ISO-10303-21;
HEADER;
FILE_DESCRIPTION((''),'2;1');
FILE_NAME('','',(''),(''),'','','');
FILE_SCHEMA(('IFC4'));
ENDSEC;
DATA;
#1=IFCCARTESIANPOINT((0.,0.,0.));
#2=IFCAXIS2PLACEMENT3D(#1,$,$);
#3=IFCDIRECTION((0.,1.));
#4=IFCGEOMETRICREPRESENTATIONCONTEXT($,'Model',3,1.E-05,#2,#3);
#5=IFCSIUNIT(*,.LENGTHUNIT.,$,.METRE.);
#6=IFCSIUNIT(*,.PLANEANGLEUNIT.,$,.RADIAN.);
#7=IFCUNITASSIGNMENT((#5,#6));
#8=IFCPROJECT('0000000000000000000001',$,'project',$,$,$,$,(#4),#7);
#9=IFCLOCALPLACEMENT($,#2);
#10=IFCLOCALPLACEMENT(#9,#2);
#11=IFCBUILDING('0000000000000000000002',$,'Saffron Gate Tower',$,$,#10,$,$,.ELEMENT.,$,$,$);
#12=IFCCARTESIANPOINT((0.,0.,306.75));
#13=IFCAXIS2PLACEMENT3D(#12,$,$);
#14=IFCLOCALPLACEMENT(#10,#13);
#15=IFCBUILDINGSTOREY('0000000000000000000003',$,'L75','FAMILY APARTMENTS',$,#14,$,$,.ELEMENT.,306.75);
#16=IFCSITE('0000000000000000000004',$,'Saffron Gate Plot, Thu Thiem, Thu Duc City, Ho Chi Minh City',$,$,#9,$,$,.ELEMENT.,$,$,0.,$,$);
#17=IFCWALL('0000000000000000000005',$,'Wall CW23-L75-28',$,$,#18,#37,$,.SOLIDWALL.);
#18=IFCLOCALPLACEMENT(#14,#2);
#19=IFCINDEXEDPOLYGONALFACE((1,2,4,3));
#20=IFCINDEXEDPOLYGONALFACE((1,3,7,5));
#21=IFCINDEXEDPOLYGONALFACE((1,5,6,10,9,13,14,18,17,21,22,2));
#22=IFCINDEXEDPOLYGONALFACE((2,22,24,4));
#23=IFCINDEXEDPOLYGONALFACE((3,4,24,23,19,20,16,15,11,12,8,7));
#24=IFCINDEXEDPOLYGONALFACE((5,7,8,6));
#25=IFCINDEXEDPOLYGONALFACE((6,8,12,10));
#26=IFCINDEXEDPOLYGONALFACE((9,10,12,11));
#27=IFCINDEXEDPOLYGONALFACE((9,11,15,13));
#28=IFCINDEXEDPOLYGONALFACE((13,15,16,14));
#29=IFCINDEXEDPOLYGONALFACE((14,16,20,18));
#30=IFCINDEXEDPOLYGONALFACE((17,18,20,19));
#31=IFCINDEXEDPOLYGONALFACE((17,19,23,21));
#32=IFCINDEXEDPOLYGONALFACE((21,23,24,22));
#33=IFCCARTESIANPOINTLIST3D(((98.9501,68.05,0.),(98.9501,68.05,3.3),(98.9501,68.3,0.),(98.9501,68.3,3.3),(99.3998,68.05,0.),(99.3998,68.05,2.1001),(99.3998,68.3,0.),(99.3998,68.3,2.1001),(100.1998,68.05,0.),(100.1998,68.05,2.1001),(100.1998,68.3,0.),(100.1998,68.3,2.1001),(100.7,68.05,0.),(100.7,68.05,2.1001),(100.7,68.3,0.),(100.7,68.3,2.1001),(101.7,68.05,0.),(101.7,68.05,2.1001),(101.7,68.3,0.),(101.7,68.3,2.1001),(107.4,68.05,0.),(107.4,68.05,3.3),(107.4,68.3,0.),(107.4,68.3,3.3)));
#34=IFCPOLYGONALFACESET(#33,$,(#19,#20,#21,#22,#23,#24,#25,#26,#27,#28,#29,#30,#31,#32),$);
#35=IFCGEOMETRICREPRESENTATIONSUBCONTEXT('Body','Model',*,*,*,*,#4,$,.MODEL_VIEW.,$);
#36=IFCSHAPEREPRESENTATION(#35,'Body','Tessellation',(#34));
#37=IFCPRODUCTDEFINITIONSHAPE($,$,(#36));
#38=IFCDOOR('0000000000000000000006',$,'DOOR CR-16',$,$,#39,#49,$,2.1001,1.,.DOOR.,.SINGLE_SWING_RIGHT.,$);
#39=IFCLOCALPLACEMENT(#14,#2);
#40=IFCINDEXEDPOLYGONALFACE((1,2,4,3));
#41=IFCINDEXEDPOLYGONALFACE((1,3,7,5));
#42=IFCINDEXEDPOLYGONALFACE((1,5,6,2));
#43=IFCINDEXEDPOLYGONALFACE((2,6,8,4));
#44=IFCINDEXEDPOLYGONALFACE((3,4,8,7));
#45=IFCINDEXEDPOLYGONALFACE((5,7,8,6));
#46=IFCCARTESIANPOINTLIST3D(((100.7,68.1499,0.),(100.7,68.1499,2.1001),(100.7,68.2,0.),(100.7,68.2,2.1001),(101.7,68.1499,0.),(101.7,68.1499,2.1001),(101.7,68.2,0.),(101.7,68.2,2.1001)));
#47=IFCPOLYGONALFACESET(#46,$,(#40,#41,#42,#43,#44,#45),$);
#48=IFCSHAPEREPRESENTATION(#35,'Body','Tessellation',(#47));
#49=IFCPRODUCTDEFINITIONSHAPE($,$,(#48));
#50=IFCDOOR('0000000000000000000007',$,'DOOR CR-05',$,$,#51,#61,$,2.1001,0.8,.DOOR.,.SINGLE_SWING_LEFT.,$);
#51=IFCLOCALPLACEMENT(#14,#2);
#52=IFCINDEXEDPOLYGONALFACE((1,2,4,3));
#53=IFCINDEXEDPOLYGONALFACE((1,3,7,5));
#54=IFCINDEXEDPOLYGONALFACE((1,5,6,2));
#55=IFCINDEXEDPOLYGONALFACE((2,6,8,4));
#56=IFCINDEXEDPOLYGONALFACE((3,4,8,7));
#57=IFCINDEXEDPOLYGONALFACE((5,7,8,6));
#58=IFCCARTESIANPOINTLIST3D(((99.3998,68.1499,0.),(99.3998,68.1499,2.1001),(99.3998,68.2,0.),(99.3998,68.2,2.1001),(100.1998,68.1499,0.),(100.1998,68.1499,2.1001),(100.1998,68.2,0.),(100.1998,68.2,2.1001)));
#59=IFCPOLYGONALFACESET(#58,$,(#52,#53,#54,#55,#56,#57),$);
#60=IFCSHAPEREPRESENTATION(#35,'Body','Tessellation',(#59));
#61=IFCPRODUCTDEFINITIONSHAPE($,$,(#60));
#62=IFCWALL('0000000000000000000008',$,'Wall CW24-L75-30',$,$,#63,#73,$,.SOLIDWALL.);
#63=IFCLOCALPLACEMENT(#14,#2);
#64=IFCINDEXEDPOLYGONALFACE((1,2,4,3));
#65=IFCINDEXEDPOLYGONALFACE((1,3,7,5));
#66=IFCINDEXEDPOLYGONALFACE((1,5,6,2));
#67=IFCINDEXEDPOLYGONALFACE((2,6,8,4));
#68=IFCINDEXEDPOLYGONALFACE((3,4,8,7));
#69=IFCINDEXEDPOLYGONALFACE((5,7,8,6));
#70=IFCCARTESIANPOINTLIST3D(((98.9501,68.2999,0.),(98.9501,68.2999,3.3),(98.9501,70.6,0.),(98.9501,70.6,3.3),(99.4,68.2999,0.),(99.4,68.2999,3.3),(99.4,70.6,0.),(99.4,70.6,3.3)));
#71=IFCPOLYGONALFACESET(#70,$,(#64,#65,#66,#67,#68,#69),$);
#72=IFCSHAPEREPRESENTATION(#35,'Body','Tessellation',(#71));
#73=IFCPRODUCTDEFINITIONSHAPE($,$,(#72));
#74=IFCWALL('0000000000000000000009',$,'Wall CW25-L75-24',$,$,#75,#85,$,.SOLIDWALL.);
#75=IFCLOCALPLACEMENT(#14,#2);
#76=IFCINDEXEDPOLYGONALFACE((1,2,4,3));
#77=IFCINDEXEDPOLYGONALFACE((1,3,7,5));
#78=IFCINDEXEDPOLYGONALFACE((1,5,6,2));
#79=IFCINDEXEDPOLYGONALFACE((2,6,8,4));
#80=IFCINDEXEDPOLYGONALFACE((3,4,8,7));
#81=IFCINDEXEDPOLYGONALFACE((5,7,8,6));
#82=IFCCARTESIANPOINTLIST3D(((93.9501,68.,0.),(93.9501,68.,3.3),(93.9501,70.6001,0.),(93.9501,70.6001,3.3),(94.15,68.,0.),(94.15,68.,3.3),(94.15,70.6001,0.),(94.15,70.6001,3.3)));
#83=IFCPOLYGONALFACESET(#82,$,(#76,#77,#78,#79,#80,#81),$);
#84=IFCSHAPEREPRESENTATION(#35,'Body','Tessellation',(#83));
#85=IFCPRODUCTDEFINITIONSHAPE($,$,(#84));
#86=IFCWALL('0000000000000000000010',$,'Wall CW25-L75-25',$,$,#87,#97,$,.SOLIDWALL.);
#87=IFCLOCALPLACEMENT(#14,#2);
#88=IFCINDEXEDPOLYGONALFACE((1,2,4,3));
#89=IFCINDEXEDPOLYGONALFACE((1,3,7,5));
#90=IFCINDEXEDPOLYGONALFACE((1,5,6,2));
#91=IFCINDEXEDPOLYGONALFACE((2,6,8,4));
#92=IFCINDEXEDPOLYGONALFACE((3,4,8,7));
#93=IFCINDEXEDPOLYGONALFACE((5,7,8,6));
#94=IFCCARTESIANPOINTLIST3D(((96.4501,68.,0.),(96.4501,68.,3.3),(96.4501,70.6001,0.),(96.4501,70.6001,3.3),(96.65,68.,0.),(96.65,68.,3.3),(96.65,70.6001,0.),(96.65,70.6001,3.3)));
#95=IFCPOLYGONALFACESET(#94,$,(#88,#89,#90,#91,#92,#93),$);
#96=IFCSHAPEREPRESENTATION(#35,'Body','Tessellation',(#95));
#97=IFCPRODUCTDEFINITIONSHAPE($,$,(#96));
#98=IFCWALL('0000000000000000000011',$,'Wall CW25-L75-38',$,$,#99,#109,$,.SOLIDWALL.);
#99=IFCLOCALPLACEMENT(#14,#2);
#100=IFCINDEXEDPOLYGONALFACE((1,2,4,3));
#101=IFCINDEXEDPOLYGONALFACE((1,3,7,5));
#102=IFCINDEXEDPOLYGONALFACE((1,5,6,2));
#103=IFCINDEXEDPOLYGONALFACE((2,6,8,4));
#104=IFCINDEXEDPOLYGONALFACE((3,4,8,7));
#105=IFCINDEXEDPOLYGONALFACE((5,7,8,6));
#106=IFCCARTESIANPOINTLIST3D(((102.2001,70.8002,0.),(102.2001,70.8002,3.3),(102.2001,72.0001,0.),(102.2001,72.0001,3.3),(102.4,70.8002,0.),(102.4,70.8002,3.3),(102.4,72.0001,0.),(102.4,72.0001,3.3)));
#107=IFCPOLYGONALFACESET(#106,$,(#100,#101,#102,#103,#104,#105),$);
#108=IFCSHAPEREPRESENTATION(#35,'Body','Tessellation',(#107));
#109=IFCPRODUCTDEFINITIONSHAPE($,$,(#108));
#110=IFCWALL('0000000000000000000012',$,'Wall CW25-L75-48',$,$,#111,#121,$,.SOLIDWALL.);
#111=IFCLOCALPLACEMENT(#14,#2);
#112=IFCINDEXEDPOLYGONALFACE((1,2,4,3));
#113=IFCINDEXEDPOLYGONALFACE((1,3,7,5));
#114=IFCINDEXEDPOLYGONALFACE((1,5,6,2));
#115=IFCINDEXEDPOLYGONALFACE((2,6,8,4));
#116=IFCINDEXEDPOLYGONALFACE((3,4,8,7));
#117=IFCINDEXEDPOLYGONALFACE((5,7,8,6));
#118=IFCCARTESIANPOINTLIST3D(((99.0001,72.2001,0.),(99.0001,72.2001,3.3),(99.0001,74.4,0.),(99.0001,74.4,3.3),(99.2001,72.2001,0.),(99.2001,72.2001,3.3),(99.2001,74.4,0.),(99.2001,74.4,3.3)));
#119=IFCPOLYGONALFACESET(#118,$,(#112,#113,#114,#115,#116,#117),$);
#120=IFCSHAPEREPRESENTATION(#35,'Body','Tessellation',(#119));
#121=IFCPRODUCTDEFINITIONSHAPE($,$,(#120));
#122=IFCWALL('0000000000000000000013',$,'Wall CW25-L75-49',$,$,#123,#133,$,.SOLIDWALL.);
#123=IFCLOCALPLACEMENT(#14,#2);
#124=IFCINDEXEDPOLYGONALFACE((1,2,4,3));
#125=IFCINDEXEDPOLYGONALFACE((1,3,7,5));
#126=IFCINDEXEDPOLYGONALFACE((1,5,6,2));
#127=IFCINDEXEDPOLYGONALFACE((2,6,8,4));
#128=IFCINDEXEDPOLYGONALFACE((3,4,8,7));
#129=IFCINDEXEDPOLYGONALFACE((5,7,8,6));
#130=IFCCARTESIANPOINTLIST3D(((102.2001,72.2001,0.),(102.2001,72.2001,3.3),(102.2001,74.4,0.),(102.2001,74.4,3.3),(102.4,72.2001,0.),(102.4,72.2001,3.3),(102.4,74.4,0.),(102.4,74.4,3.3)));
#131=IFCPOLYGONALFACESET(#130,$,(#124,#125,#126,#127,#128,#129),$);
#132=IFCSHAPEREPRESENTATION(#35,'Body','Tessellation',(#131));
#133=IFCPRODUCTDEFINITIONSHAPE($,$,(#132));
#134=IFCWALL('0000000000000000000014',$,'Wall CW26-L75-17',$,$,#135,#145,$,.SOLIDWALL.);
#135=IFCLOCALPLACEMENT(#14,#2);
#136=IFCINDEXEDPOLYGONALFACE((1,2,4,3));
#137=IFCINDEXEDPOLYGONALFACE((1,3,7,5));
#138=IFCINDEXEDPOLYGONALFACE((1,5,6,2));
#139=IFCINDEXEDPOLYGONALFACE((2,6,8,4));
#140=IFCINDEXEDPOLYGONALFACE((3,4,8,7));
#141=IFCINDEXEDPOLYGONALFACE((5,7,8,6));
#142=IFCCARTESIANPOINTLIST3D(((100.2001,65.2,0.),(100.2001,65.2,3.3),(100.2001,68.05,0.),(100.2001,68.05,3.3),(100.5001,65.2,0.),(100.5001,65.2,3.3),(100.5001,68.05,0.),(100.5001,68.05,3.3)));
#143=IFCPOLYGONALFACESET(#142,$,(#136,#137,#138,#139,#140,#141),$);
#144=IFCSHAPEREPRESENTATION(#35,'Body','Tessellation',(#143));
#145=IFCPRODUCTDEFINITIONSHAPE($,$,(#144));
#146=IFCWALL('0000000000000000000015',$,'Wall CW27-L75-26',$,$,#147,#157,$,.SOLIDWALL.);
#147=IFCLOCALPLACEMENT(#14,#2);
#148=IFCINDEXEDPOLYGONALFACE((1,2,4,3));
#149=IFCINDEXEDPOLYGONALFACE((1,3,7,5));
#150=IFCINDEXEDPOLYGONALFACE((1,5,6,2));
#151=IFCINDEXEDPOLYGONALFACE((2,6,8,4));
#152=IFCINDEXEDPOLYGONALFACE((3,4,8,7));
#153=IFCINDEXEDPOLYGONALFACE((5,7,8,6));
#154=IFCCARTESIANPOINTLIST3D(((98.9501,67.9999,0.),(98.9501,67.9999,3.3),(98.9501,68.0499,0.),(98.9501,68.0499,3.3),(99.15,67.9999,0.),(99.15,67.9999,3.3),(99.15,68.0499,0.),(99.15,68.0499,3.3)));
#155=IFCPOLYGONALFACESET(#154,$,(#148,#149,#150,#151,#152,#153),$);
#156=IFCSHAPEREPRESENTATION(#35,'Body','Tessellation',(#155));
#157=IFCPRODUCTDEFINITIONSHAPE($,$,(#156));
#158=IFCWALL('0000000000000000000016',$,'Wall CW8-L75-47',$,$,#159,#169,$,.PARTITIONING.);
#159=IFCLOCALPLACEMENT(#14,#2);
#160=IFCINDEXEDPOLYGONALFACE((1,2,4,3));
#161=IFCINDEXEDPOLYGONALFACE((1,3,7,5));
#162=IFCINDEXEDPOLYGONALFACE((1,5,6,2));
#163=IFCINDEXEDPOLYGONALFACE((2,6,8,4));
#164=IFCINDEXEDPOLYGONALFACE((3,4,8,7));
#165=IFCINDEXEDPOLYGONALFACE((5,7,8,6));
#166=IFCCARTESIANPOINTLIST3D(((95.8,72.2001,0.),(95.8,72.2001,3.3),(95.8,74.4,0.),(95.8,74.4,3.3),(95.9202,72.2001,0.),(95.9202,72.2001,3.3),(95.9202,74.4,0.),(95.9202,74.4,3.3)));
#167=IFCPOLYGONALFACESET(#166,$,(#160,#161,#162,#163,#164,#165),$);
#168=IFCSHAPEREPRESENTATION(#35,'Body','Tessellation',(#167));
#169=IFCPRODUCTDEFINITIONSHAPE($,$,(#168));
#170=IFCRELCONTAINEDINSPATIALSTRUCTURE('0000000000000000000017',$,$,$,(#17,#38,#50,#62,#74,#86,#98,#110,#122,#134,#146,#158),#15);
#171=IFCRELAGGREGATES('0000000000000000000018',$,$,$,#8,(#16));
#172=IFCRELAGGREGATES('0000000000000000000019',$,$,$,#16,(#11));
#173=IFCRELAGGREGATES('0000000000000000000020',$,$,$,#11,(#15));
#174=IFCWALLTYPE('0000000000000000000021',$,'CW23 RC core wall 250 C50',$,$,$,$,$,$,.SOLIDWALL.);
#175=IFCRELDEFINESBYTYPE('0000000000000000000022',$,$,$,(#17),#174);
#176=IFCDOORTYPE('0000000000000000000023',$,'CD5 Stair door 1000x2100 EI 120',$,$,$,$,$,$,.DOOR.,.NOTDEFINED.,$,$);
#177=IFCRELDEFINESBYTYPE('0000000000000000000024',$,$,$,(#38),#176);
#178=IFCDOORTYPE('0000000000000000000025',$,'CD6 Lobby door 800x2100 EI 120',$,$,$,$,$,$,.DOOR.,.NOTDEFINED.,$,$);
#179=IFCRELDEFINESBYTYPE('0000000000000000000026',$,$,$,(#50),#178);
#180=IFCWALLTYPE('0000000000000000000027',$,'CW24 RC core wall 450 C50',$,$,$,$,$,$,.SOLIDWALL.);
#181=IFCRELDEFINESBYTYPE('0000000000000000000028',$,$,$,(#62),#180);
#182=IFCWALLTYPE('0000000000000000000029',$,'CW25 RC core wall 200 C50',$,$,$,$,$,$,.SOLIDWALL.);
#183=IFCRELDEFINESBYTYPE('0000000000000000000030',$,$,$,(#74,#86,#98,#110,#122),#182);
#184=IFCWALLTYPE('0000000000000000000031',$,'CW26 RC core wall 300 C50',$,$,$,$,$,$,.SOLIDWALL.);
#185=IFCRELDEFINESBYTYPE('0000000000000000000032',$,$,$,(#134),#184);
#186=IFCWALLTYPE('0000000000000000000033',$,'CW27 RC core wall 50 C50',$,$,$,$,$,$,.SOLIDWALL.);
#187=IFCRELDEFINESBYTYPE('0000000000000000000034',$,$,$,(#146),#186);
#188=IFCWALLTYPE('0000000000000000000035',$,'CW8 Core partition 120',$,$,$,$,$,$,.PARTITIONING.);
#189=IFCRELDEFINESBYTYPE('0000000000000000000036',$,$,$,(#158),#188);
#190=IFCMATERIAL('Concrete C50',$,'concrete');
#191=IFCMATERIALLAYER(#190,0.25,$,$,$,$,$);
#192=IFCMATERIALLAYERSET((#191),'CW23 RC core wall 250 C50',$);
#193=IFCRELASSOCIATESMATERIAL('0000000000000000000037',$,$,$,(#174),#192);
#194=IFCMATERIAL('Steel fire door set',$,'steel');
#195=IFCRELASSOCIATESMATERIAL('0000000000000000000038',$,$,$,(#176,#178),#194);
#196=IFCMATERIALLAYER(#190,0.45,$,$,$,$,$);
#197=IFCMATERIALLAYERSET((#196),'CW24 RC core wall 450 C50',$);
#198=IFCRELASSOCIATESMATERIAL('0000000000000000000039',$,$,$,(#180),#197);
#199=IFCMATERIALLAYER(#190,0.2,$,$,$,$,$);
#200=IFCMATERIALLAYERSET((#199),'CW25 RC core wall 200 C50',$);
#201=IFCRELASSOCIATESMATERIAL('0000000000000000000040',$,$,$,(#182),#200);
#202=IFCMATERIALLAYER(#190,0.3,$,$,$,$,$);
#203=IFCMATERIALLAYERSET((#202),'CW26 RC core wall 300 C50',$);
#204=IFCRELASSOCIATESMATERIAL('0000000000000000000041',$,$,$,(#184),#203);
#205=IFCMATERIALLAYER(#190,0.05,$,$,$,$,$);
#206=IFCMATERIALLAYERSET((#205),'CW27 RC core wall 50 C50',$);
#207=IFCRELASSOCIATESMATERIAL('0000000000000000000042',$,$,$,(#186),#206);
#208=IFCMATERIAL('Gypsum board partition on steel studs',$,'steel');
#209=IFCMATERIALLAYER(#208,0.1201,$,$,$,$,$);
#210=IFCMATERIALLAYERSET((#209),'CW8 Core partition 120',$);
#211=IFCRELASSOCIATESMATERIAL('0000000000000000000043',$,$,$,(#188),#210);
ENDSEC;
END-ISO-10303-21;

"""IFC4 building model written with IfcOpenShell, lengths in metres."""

from ifc_helpers import new_model, si_unit, direction, frame, frame_2d, origin, place, context, subcontext, project, spatial, rectangle, extrude, material, layer, layer_set, type_object, element, fill, save


model = new_model("IFC4")

# Units and contexts
model_context = context("Model", 3, precision=1e-05, world=origin(), true_north=direction((0.0, 1.0)))
body_context = subcontext(model_context, "Body", "Model", "MODEL_VIEW")
ifc_project = project(units=[si_unit("LENGTHUNIT", "METRE"), si_unit("PLANEANGLEUNIT", "RADIAN")], contexts=[model_context])

# Site, building, storey
site_placement = place(None, origin())
site = spatial("IfcSite", under=ifc_project, at=site_placement, Name="Saffron Gate Plot, Thu Thiem, Thu Duc City, Ho Chi Minh City", CompositionType="ELEMENT", RefElevation=0.0)
building_placement = place(site_placement, origin())
building = spatial("IfcBuilding", under=site, at=building_placement, Name="Saffron Gate Tower", CompositionType="ELEMENT")
storey_placement = place(building_placement, frame((0.0, 0.0, 306.75)))
storey = spatial("IfcBuildingStorey", under=building, at=storey_placement, Name="L75", Description="FAMILY APARTMENTS", CompositionType="ELEMENT", Elevation=306.75)

# Wall, openings, doors
ifc_material_1 = material(Name="Concrete C50", Category="concrete")
ifc_layer_1 = layer(ifc_material_1, 0.25)
ifc_layer_set_1 = layer_set([ifc_layer_1], Name="CW23 RC core wall 250 C50")
wall_type_1 = type_object("IfcWallType", Name="CW23 RC core wall 250 C50", PredefinedType="SOLIDWALL", material=ifc_layer_set_1)
wall_1_placement = place(storey_placement, frame((98.95, 68.175, 0.0), z_axis=(0.0, 0.0, 1.0), x_axis=(1.0, 0.0, 0.0)))
wall_1 = element("IfcWall", 1, at=wall_1_placement, inside=storey, type_object=wall_type_1, Name="Wall CW23-L75-28", PredefinedType="SOLIDWALL", context=body_context, shape_type="SweptSolid", body=[
    extrude(rectangle(XDim=8.45, YDim=0.25, at=frame_2d((4.2251, 0.0))), origin(), (0.0, 0.0, 1.0), 3.3),
])
opening_1_placement = place(wall_1_placement, frame((0.45, 0.0, 0.0)))
opening_1 = element("IfcOpeningElement", 2, at=opening_1_placement, cuts=wall_1, PredefinedType="OPENING", context=body_context, shape_type="SweptSolid", body=[
    extrude(rectangle(XDim=0.8, YDim=2.1001, at=frame_2d((0.3999, 1.05))), frame((0.0, 0.135, 0.0), z_axis=(0.0, -1.0, 0.0), x_axis=(1.0, 0.0, 0.0)), (0.0, 0.0, 1.0), 0.27),
])
opening_2_placement = place(wall_1_placement, frame((1.75, 0.0, 0.0)))
opening_2 = element("IfcOpeningElement", 3, at=opening_2_placement, cuts=wall_1, PredefinedType="OPENING", context=body_context, shape_type="SweptSolid", body=[
    extrude(rectangle(XDim=1.0, YDim=2.1001, at=frame_2d((0.5, 1.05))), frame((0.0, 0.135, 0.0), z_axis=(0.0, -1.0, 0.0), x_axis=(1.0, 0.0, 0.0)), (0.0, 0.0, 1.0), 0.27),
])
ifc_material_2 = material(Name="Steel fire door set", Category="steel")
door_type_1 = type_object("IfcDoorType", Name="CD5 Stair door 1000x2100 EI 120", OperationType="NOTDEFINED", PredefinedType="DOOR", material=ifc_material_2)
door_1_placement = place(opening_2_placement, origin())
door_1 = element("IfcDoor", 4, at=door_1_placement, inside=storey, type_object=door_type_1, Name="DOOR CR-16", OperationType="SINGLE_SWING_RIGHT", OverallHeight=2.1001, OverallWidth=1.0, PredefinedType="DOOR", context=body_context, shape_type="SweptSolid", body=[
    extrude(rectangle(XDim=1.0, YDim=2.1001, at=frame_2d((0.5, 1.05))), frame((0.0, 0.0249, 0.0), z_axis=(0.0, -1.0, 0.0), x_axis=(1.0, 0.0, 0.0)), (0.0, 0.0, 1.0), 0.05),
])
fill(opening_2, door_1)
door_type_2 = type_object("IfcDoorType", Name="CD6 Lobby door 800x2100 EI 120", OperationType="NOTDEFINED", PredefinedType="DOOR", material=ifc_material_2)
door_2_placement = place(opening_1_placement, origin())
door_2 = element("IfcDoor", 5, at=door_2_placement, inside=storey, type_object=door_type_2, Name="DOOR CR-05", OperationType="SINGLE_SWING_LEFT", OverallHeight=2.1001, OverallWidth=0.8, PredefinedType="DOOR", context=body_context, shape_type="SweptSolid", body=[
    extrude(rectangle(XDim=0.8, YDim=2.1001, at=frame_2d((0.3999, 1.05))), frame((0.0, 0.0249, 0.0), z_axis=(0.0, -1.0, 0.0), x_axis=(1.0, 0.0, 0.0)), (0.0, 0.0, 1.0), 0.05),
])
fill(opening_1, door_2)

# Walls
ifc_layer_2 = layer(ifc_material_1, 0.45)
ifc_layer_set_2 = layer_set([ifc_layer_2], Name="CW24 RC core wall 450 C50")
wall_type_2 = type_object("IfcWallType", Name="CW24 RC core wall 450 C50", PredefinedType="SOLIDWALL", material=ifc_layer_set_2)
wall_2_placement = place(storey_placement, frame((99.175, 68.3, 0.0), z_axis=(0.0, 0.0, 1.0), x_axis=(0.0, 1.0, 0.0)))
element("IfcWall", 6, at=wall_2_placement, inside=storey, type_object=wall_type_2, Name="Wall CW24-L75-30", PredefinedType="SOLIDWALL", context=body_context, shape_type="SweptSolid", body=[
    extrude(rectangle(XDim=2.3, YDim=0.45, at=frame_2d((1.1499, 0.0))), origin(), (0.0, 0.0, 1.0), 3.3),
])
ifc_layer_3 = layer(ifc_material_1, 0.2)
ifc_layer_set_3 = layer_set([ifc_layer_3], Name="CW25 RC core wall 200 C50")
wall_type_3 = type_object("IfcWallType", Name="CW25 RC core wall 200 C50", PredefinedType="SOLIDWALL", material=ifc_layer_set_3)
for number, where, z_axis, x_axis, name in (
    (7, (94.05, 68.0, 0.0), (0.0, 0.0, 1.0), (0.0, 1.0, 0.0), "Wall CW25-L75-24"),
    (8, (96.55, 68.0, 0.0), (0.0, 0.0, 1.0), (0.0, 1.0, 0.0), "Wall CW25-L75-25"),
):
    element("IfcWall", number, at=place(storey_placement, frame(where, z_axis=z_axis, x_axis=x_axis)), inside=storey, type_object=wall_type_3, Name=name, PredefinedType="SOLIDWALL", context=body_context, shape_type="SweptSolid", body=[
        extrude(rectangle(XDim=2.6001, YDim=0.2, at=frame_2d((1.3, 0.0))), origin(), (0.0, 0.0, 1.0), 3.3),
    ])
wall_3_placement = place(storey_placement, frame((102.3, 70.8, 0.0), z_axis=(0.0, 0.0, 1.0), x_axis=(0.0, 1.0, 0.0)))
element("IfcWall", 9, at=wall_3_placement, inside=storey, type_object=wall_type_3, Name="Wall CW25-L75-38", PredefinedType="SOLIDWALL", context=body_context, shape_type="SweptSolid", body=[
    extrude(rectangle(XDim=1.2, YDim=0.2, at=frame_2d((0.6001, 0.0))), origin(), (0.0, 0.0, 1.0), 3.3),
])
for number, where, z_axis, x_axis, name in (
    (10, (99.1001, 72.2, 0.0), (0.0, 0.0, 1.0), (0.0, 1.0, 0.0), "Wall CW25-L75-48"),
    (11, (102.3, 72.2, 0.0), (0.0, 0.0, 1.0), (0.0, 1.0, 0.0), "Wall CW25-L75-49"),
):
    element("IfcWall", number, at=place(storey_placement, frame(where, z_axis=z_axis, x_axis=x_axis)), inside=storey, type_object=wall_type_3, Name=name, PredefinedType="SOLIDWALL", context=body_context, shape_type="SweptSolid", body=[
        extrude(rectangle(XDim=2.2, YDim=0.2, at=frame_2d((1.1001, 0.0))), origin(), (0.0, 0.0, 1.0), 3.3),
    ])
ifc_layer_4 = layer(ifc_material_1, 0.3)
ifc_layer_set_4 = layer_set([ifc_layer_4], Name="CW26 RC core wall 300 C50")
wall_type_4 = type_object("IfcWallType", Name="CW26 RC core wall 300 C50", PredefinedType="SOLIDWALL", material=ifc_layer_set_4)
wall_4_placement = place(storey_placement, frame((100.3501, 65.2, 0.0), z_axis=(0.0, 0.0, 1.0), x_axis=(0.0, 1.0, 0.0)))
element("IfcWall", 12, at=wall_4_placement, inside=storey, type_object=wall_type_4, Name="Wall CW26-L75-17", PredefinedType="SOLIDWALL", context=body_context, shape_type="SweptSolid", body=[
    extrude(rectangle(XDim=2.8501, YDim=0.3, at=frame_2d((1.425, 0.0))), origin(), (0.0, 0.0, 1.0), 3.3),
])
ifc_layer_5 = layer(ifc_material_1, 0.05)
ifc_layer_set_5 = layer_set([ifc_layer_5], Name="CW27 RC core wall 50 C50")
wall_type_5 = type_object("IfcWallType", Name="CW27 RC core wall 50 C50", PredefinedType="SOLIDWALL", material=ifc_layer_set_5)
wall_5_placement = place(storey_placement, frame((98.95, 68.0249, 0.0), z_axis=(0.0, 0.0, 1.0), x_axis=(1.0, 0.0, 0.0)))
element("IfcWall", 13, at=wall_5_placement, inside=storey, type_object=wall_type_5, Name="Wall CW27-L75-26", PredefinedType="SOLIDWALL", context=body_context, shape_type="SweptSolid", body=[
    extrude(rectangle(XDim=0.2, YDim=0.05, at=frame_2d((0.1001, 0.0))), origin(), (0.0, 0.0, 1.0), 3.3),
])
ifc_material_3 = material(Name="Gypsum board partition on steel studs", Category="steel")
ifc_layer_6 = layer(ifc_material_3, 0.1201)
ifc_layer_set_6 = layer_set([ifc_layer_6], Name="CW8 Core partition 120")
wall_type_6 = type_object("IfcWallType", Name="CW8 Core partition 120", PredefinedType="PARTITIONING", material=ifc_layer_set_6)
wall_6_placement = place(storey_placement, frame((95.8601, 72.2, 0.0), z_axis=(0.0, 0.0, 1.0), x_axis=(0.0, 1.0, 0.0)))
element("IfcWall", 14, at=wall_6_placement, inside=storey, type_object=wall_type_6, Name="Wall CW8-L75-47", PredefinedType="PARTITIONING", context=body_context, shape_type="SweptSolid", body=[
    extrude(rectangle(XDim=2.2, YDim=0.1201, at=frame_2d((1.1001, 0.0))), origin(), (0.0, 0.0, 1.0), 3.3),
])

save(model, "model.ifc")
